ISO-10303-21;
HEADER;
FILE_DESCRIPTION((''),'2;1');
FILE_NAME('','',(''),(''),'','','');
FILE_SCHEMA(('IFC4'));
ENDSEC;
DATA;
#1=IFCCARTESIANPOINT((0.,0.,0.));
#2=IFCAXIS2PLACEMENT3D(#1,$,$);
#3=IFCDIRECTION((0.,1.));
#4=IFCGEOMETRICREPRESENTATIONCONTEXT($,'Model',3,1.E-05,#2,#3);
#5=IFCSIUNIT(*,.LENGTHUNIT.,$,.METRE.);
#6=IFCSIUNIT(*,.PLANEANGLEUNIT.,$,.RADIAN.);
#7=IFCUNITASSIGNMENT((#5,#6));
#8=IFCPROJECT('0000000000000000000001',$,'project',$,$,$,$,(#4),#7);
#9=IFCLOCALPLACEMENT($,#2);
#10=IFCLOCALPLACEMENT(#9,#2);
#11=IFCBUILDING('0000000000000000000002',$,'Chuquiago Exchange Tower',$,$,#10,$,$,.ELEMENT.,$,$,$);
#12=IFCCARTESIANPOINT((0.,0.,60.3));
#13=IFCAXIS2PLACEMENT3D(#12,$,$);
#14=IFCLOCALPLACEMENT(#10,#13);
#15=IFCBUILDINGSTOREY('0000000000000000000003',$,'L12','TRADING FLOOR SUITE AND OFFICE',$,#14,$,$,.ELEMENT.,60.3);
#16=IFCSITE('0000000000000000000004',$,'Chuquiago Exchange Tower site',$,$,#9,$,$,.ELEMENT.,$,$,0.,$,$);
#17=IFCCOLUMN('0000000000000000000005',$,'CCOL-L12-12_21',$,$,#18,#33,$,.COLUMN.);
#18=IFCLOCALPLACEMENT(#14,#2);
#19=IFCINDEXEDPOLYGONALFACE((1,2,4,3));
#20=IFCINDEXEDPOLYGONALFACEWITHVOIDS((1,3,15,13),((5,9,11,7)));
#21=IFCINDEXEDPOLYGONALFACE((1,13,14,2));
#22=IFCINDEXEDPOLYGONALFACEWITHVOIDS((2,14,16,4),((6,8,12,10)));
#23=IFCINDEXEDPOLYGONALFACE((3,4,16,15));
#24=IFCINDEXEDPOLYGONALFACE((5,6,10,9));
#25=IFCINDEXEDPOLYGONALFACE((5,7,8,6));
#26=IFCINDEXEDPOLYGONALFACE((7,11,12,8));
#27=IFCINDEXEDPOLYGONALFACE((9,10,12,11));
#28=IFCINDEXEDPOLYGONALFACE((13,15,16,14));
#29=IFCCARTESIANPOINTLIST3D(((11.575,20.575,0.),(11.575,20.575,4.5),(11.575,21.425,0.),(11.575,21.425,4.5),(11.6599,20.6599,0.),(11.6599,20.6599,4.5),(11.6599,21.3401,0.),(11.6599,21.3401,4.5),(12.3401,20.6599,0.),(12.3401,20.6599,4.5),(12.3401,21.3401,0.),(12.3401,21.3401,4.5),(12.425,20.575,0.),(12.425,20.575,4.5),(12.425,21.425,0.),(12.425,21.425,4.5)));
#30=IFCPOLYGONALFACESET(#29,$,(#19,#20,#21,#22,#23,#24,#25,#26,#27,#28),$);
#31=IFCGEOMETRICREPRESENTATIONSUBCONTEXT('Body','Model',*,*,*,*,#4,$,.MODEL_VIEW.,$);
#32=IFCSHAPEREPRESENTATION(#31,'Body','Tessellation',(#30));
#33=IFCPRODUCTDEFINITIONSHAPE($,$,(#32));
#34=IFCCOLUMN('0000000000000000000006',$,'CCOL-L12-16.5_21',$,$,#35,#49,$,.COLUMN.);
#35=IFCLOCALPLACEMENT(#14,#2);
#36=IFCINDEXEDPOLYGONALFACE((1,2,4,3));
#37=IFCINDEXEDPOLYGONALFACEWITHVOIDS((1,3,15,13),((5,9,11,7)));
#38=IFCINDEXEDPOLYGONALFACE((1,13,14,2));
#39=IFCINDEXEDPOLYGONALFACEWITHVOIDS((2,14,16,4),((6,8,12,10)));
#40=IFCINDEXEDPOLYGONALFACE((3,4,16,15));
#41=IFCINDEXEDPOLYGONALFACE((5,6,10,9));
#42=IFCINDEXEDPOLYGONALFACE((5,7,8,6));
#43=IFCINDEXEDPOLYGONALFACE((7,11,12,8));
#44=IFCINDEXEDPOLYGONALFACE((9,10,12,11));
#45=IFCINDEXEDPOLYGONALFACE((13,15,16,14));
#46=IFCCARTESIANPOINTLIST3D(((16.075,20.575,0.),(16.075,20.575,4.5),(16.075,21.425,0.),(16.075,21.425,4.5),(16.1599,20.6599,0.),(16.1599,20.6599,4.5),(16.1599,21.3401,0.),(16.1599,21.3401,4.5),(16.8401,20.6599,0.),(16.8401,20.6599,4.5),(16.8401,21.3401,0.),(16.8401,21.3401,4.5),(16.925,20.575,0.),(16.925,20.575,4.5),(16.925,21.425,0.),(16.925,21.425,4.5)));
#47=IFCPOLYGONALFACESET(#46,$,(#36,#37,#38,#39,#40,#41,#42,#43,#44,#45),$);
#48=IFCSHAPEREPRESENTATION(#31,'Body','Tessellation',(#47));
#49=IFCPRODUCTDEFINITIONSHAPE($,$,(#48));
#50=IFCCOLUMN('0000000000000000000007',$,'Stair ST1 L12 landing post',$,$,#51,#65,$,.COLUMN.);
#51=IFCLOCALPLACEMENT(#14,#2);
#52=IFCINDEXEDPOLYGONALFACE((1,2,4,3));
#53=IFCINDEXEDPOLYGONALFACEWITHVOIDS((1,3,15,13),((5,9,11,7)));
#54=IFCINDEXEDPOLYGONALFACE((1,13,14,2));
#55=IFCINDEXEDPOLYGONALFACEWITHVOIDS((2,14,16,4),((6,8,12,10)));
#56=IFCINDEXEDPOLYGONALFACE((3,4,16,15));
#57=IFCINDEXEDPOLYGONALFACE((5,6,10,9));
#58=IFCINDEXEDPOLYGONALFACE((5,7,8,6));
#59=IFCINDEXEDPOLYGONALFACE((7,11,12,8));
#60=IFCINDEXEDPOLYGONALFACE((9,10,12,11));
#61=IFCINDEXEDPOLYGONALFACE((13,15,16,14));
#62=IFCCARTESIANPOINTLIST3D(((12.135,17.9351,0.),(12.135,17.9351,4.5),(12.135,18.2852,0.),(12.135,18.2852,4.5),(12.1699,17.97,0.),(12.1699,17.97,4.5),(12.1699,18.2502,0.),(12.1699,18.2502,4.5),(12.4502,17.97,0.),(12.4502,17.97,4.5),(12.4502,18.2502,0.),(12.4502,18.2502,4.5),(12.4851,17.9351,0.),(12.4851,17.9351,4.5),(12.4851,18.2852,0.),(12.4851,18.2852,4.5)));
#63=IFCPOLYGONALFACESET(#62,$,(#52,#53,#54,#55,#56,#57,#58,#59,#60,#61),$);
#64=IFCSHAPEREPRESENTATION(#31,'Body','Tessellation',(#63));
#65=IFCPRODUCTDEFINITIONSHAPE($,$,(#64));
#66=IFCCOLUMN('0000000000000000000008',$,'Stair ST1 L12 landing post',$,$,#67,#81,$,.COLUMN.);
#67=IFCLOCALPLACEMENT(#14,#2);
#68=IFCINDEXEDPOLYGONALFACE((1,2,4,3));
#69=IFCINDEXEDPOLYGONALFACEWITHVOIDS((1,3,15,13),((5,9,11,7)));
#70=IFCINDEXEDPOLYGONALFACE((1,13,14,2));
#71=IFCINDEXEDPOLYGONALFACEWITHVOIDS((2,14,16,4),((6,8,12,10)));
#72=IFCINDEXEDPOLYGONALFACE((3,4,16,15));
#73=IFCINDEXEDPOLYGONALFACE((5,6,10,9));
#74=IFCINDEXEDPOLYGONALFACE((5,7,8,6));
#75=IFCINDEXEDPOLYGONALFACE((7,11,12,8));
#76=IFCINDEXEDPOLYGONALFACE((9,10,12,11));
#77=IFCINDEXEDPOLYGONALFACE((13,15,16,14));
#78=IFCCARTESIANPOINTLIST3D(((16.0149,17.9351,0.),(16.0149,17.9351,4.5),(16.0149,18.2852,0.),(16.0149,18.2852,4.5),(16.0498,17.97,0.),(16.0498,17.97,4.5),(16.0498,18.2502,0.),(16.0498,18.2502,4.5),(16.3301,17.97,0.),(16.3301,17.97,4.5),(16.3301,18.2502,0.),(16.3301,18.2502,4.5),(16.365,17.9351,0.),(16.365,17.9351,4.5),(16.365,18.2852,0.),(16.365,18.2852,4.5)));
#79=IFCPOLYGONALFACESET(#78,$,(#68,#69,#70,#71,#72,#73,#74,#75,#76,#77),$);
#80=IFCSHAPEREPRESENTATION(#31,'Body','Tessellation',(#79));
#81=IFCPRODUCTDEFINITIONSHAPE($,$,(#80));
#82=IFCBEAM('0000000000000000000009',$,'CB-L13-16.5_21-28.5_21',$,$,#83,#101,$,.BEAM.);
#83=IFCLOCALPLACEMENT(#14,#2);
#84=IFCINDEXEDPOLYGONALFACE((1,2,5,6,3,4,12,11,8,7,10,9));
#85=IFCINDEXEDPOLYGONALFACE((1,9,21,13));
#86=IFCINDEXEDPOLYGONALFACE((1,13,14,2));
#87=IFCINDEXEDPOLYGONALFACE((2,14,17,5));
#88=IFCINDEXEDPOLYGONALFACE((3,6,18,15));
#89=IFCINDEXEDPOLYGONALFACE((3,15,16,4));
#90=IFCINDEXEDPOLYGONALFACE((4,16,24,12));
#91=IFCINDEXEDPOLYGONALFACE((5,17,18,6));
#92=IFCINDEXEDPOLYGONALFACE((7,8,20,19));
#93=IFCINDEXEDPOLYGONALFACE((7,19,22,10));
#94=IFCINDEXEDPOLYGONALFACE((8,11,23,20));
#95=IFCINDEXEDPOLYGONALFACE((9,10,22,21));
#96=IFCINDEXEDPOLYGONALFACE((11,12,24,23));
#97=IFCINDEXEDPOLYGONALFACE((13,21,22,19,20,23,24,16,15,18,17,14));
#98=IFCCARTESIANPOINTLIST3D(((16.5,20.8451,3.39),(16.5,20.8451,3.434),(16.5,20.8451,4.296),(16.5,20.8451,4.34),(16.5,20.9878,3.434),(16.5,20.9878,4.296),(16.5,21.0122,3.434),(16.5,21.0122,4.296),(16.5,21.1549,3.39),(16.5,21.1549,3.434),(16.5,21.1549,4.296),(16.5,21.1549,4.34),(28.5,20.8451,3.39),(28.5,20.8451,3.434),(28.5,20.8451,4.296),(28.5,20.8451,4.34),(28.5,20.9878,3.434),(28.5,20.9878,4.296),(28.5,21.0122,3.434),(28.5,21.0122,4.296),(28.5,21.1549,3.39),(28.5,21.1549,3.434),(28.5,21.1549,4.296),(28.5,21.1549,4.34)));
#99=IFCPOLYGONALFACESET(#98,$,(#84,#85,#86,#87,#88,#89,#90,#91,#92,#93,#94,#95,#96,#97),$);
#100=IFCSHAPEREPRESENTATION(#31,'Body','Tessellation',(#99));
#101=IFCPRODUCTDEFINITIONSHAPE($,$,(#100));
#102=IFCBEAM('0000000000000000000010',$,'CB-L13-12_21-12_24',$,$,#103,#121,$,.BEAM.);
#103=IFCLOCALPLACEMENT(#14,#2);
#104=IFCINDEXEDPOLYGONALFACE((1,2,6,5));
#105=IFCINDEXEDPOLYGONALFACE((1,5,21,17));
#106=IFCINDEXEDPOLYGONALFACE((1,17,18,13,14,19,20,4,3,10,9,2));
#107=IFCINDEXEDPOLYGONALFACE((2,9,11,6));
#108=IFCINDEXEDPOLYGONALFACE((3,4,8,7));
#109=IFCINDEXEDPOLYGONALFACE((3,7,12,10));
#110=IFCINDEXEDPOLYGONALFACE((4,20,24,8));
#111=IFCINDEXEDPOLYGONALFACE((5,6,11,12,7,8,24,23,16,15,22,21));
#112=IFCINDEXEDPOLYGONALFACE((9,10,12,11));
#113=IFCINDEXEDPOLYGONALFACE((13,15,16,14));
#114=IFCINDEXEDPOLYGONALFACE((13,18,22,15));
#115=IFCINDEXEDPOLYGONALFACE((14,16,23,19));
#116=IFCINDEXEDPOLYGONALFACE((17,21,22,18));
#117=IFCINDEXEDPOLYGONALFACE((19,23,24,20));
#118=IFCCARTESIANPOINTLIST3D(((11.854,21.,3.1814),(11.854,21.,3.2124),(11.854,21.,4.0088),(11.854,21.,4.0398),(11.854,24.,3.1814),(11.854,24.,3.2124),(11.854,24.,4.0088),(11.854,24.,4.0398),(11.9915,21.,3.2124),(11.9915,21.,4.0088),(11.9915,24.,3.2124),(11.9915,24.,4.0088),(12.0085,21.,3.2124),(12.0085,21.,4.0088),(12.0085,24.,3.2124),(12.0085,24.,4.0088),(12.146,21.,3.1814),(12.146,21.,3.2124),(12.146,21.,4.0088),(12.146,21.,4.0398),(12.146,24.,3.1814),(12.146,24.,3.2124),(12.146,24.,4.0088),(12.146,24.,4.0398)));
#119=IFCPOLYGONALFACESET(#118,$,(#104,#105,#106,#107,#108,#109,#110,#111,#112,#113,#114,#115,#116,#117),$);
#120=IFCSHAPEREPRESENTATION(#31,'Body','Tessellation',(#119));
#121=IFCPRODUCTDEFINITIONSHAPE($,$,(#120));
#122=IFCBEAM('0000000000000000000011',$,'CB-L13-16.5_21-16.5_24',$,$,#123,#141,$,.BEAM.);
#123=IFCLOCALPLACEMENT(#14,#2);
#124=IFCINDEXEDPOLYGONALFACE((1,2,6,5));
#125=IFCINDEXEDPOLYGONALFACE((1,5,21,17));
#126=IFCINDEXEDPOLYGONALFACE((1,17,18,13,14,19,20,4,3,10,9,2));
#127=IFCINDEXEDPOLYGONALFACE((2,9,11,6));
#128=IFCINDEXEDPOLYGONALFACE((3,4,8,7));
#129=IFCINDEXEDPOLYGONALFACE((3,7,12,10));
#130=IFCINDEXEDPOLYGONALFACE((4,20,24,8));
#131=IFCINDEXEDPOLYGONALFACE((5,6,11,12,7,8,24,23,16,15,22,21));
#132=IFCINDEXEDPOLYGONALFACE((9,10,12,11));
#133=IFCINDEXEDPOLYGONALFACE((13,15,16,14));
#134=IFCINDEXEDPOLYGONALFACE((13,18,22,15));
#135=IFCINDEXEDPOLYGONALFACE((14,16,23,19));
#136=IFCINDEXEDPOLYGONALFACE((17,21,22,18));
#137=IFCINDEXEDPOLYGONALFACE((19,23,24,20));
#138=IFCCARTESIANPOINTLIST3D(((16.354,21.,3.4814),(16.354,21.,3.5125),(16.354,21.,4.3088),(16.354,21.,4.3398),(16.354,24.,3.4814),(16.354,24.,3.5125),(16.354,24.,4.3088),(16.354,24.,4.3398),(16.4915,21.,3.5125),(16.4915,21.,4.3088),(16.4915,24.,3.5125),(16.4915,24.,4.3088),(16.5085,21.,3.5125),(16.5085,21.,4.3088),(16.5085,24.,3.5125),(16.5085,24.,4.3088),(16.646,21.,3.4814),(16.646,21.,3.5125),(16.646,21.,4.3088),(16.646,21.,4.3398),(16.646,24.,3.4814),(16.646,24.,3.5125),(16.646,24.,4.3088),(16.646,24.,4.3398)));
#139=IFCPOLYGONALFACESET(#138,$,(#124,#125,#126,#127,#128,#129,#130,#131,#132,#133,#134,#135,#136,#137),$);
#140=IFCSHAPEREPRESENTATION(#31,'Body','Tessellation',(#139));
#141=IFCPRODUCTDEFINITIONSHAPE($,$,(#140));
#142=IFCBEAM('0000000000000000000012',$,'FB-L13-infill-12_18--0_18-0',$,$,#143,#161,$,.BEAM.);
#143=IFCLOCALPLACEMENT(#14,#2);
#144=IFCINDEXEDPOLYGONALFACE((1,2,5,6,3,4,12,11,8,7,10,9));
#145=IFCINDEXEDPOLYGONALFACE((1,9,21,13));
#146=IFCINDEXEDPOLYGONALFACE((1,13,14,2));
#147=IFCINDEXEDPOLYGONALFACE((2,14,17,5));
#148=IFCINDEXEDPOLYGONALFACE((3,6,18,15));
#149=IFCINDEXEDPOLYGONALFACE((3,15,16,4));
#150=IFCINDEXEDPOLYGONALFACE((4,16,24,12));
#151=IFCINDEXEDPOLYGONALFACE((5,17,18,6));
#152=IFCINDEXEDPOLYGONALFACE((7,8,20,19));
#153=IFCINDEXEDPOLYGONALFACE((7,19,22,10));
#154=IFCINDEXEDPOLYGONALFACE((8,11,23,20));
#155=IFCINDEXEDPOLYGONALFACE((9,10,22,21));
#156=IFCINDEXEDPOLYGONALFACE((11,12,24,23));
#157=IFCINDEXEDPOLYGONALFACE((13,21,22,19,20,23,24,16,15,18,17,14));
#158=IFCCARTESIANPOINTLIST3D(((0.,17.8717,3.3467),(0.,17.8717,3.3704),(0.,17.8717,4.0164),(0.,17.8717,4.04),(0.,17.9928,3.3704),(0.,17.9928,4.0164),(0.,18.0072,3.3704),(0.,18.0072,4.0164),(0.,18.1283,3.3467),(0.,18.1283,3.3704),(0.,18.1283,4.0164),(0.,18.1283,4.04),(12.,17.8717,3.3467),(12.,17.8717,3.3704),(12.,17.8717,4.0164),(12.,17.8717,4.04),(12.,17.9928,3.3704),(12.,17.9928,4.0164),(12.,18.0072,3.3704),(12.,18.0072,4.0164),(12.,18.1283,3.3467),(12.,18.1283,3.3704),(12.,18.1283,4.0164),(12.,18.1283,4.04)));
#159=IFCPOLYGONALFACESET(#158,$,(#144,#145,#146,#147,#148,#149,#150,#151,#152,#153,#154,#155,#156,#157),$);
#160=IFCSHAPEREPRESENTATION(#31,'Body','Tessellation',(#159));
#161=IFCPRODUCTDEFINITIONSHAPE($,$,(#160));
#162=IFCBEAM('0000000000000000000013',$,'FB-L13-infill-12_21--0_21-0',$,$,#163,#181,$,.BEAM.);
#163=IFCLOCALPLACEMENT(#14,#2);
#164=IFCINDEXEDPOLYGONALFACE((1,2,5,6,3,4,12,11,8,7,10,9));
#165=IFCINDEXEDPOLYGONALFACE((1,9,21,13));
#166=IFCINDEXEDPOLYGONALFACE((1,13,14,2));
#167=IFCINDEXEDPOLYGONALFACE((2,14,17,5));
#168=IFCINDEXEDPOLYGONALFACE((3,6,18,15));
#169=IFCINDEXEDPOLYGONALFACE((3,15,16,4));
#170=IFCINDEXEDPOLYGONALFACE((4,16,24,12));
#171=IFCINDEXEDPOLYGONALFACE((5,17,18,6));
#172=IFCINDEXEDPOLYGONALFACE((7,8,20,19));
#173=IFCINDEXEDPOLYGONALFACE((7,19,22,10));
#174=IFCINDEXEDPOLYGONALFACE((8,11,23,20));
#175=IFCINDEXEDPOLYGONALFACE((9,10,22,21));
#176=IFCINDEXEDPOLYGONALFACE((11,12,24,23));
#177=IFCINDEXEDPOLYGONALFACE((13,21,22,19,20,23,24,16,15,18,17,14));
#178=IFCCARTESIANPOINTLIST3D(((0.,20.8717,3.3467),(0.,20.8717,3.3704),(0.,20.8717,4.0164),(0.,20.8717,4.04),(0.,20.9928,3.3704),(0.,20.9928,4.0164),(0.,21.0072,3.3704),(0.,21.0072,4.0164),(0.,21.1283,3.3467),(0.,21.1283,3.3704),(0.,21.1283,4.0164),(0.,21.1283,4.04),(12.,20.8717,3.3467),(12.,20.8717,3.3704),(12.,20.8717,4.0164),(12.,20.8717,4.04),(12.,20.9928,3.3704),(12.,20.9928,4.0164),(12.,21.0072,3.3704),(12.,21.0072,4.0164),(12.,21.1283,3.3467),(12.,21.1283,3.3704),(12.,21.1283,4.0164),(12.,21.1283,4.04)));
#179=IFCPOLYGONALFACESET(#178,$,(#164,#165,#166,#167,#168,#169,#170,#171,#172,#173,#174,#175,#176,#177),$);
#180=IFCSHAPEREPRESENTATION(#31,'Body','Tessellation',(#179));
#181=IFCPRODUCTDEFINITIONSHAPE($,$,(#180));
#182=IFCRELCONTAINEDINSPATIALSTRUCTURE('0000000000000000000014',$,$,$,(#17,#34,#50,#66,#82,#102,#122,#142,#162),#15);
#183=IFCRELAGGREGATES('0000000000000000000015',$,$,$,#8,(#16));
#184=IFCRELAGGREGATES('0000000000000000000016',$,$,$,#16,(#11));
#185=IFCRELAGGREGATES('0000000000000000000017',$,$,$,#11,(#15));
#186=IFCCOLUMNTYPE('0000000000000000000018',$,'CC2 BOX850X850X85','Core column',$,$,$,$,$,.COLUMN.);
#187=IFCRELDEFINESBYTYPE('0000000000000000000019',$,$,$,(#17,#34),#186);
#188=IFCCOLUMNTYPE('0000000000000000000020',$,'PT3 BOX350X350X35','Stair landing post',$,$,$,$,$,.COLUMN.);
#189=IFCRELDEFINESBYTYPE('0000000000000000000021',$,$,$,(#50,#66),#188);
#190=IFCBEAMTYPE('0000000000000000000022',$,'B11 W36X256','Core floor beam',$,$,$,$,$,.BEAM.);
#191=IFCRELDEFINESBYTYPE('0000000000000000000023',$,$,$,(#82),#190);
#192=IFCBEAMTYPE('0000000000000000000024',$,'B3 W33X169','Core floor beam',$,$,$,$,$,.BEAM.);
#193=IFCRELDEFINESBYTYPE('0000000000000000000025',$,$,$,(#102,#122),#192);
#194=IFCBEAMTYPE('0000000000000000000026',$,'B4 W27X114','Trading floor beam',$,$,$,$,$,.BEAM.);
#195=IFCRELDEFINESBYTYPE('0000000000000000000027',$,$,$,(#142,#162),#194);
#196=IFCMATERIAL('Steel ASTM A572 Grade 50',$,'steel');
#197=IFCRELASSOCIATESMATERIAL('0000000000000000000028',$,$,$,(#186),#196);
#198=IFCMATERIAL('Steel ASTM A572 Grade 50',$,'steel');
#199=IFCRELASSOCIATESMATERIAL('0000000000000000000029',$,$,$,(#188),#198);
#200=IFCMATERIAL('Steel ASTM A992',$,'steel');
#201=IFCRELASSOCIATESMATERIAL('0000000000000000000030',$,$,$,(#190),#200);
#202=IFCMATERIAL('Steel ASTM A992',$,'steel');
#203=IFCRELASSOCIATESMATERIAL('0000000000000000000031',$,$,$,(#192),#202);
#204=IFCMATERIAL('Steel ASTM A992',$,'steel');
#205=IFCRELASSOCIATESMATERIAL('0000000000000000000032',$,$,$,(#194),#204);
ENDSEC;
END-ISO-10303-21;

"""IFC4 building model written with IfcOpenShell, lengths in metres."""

from ifc_helpers import new_model, si_unit, direction, frame, origin, origin_2d, place, context, subcontext, project, spatial, hollow_rectangle, i_section, extrude, material, material_profile, profile_set, type_object, element, save


model = new_model("IFC4")

# Units and contexts
model_context = context("Model", 3, precision=1e-05, world=origin(), true_north=direction((0.0, 1.0)))
body_context = subcontext(model_context, "Body", "Model", "MODEL_VIEW")
ifc_project = project(units=[si_unit("LENGTHUNIT", "METRE"), si_unit("PLANEANGLEUNIT", "RADIAN")], contexts=[model_context])

# Site, building, storey
site_placement = place(None, origin())
site = spatial("IfcSite", under=ifc_project, at=site_placement, Name="Chuquiago Exchange Tower site", CompositionType="ELEMENT", RefElevation=0.0)
building_placement = place(site_placement, origin())
building = spatial("IfcBuilding", under=site, at=building_placement, Name="Chuquiago Exchange Tower", CompositionType="ELEMENT")
storey_placement = place(building_placement, frame((0.0, 0.0, 60.3)))
storey = spatial("IfcBuildingStorey", under=building, at=storey_placement, Name="L12", Description="TRADING FLOOR SUITE AND OFFICE", CompositionType="ELEMENT", Elevation=60.3)

# Columns
ifc_material_1 = material(Name="Steel ASTM A572 Grade 50", Category="steel")
ifc_material_profile_1 = material_profile(ifc_material_1, hollow_rectangle(XDim=0.8501, YDim=0.8501, WallThickness=0.085, at=origin_2d()), Name="BOX850X850X85")
ifc_profile_set_1 = profile_set([ifc_material_profile_1], Name="Steel ASTM A572 Grade 50")
column_type_1 = type_object("IfcColumnType", Name="CC2 BOX850X850X85", Description="Core column", PredefinedType="COLUMN", material=ifc_profile_set_1)
for number, where, z_axis, x_axis, name in (
    (1, (12.0, 21.0, 0.0), (0.0, 0.0, 1.0), (1.0, 0.0, 0.0), "CCOL-L12-12_21"),
    (2, (16.5, 21.0, 0.0), (0.0, 0.0, 1.0), (1.0, 0.0, 0.0), "CCOL-L12-16.5_21"),
):
    element("IfcColumn", number, at=place(storey_placement, frame(where, z_axis=z_axis, x_axis=x_axis)), inside=storey, type_object=column_type_1, Name=name, PredefinedType="COLUMN", context=body_context, shape_type="SweptSolid", body=[
        extrude(hollow_rectangle(XDim=0.8501, YDim=0.8501, WallThickness=0.085, at=origin_2d()), origin(), (0.0, 0.0, 1.0), 4.5),
    ])
ifc_material_2 = material(Name="Steel ASTM A572 Grade 50", Category="steel")
ifc_material_profile_2 = material_profile(ifc_material_2, hollow_rectangle(XDim=0.3501, YDim=0.3501, WallThickness=0.0349, at=origin_2d()), Name="BOX350X350X35")
ifc_profile_set_2 = profile_set([ifc_material_profile_2], Name="Steel ASTM A572 Grade 50")
column_type_2 = type_object("IfcColumnType", Name="PT3 BOX350X350X35", Description="Stair landing post", PredefinedType="COLUMN", material=ifc_profile_set_2)
for number, where, z_axis, x_axis, name in (
    (3, (12.3101, 18.1101, 0.0), (0.0, 0.0, 1.0), (1.0, 0.0, 0.0), "Stair ST1 L12 landing post"),
    (4, (16.1899, 18.1101, 0.0), (0.0, 0.0, 1.0), (1.0, 0.0, 0.0), "Stair ST1 L12 landing post"),
):
    element("IfcColumn", number, at=place(storey_placement, frame(where, z_axis=z_axis, x_axis=x_axis)), inside=storey, type_object=column_type_2, Name=name, PredefinedType="COLUMN", context=body_context, shape_type="SweptSolid", body=[
        extrude(hollow_rectangle(XDim=0.3501, YDim=0.3501, WallThickness=0.0349, at=origin_2d()), origin(), (0.0, 0.0, 1.0), 4.5),
    ])

# Beams
ifc_material_3 = material(Name="Steel ASTM A992", Category="steel")
ifc_material_profile_3 = material_profile(ifc_material_3, i_section(OverallWidth=0.3098, OverallDepth=0.95, WebThickness=0.0244, FlangeThickness=0.0439, at=origin_2d()), Name="W36X256")
ifc_profile_set_3 = profile_set([ifc_material_profile_3], Name="Steel ASTM A992")
beam_type_1 = type_object("IfcBeamType", Name="B11 W36X256", Description="Core floor beam", PredefinedType="BEAM", material=ifc_profile_set_3)
beam_1_placement = place(storey_placement, frame((16.5, 21.0, 3.865), z_axis=(1.0, 0.0, 0.0), x_axis=(0.0, 1.0, 0.0)))
element("IfcBeam", 5, at=beam_1_placement, inside=storey, type_object=beam_type_1, Name="CB-L13-16.5_21-28.5_21", PredefinedType="BEAM", context=body_context, shape_type="SweptSolid", body=[
    extrude(i_section(OverallWidth=0.3098, OverallDepth=0.95, WebThickness=0.0244, FlangeThickness=0.0439, at=origin_2d()), origin(), (0.0, 0.0, 1.0), 12.0),
])
ifc_material_4 = material(Name="Steel ASTM A992", Category="steel")
ifc_material_profile_4 = material_profile(ifc_material_4, i_section(OverallWidth=0.292, OverallDepth=0.8584, WebThickness=0.0171, FlangeThickness=0.031, at=origin_2d()), Name="W33X169")
ifc_profile_set_4 = profile_set([ifc_material_profile_4], Name="Steel ASTM A992")
beam_type_2 = type_object("IfcBeamType", Name="B3 W33X169", Description="Core floor beam", PredefinedType="BEAM", material=ifc_profile_set_4)
for number, where, z_axis, x_axis, name in (
    (6, (12.0, 21.0, 3.6106), (0.0, 1.0, 0.0), (-1.0, 0.0, 0.0), "CB-L13-12_21-12_24"),
    (7, (16.5, 21.0, 3.9106), (0.0, 1.0, 0.0), (-1.0, 0.0, 0.0), "CB-L13-16.5_21-16.5_24"),
):
    element("IfcBeam", number, at=place(storey_placement, frame(where, z_axis=z_axis, x_axis=x_axis)), inside=storey, type_object=beam_type_2, Name=name, PredefinedType="BEAM", context=body_context, shape_type="SweptSolid", body=[
        extrude(i_section(OverallWidth=0.292, OverallDepth=0.8584, WebThickness=0.0171, FlangeThickness=0.031, at=origin_2d()), origin(), (0.0, 0.0, 1.0), 3.0),
    ])
ifc_material_5 = material(Name="Steel ASTM A992", Category="steel")
ifc_material_profile_5 = material_profile(ifc_material_5, i_section(OverallWidth=0.2566, OverallDepth=0.6934, WebThickness=0.0144, FlangeThickness=0.0237, at=origin_2d()), Name="W27X114")
ifc_profile_set_5 = profile_set([ifc_material_profile_5], Name="Steel ASTM A992")
beam_type_3 = type_object("IfcBeamType", Name="B4 W27X114", Description="Trading floor beam", PredefinedType="BEAM", material=ifc_profile_set_5)
for number, where, z_axis, x_axis, name in (
    (8, (12.0, 18.0, 3.6934), (-1.0, 0.0, 0.0), (0.0, -1.0, 0.0), "FB-L13-infill-12_18--0_18-0"),
    (9, (12.0, 21.0, 3.6934), (-1.0, 0.0, 0.0), (0.0, -1.0, 0.0), "FB-L13-infill-12_21--0_21-0"),
):
    element("IfcBeam", number, at=place(storey_placement, frame(where, z_axis=z_axis, x_axis=x_axis)), inside=storey, type_object=beam_type_3, Name=name, PredefinedType="BEAM", context=body_context, shape_type="SweptSolid", body=[
        extrude(i_section(OverallWidth=0.2566, OverallDepth=0.6934, WebThickness=0.0144, FlangeThickness=0.0237, at=origin_2d()), origin(), (0.0, 0.0, 1.0), 12.0),
    ])

save(model, "model.ifc")
